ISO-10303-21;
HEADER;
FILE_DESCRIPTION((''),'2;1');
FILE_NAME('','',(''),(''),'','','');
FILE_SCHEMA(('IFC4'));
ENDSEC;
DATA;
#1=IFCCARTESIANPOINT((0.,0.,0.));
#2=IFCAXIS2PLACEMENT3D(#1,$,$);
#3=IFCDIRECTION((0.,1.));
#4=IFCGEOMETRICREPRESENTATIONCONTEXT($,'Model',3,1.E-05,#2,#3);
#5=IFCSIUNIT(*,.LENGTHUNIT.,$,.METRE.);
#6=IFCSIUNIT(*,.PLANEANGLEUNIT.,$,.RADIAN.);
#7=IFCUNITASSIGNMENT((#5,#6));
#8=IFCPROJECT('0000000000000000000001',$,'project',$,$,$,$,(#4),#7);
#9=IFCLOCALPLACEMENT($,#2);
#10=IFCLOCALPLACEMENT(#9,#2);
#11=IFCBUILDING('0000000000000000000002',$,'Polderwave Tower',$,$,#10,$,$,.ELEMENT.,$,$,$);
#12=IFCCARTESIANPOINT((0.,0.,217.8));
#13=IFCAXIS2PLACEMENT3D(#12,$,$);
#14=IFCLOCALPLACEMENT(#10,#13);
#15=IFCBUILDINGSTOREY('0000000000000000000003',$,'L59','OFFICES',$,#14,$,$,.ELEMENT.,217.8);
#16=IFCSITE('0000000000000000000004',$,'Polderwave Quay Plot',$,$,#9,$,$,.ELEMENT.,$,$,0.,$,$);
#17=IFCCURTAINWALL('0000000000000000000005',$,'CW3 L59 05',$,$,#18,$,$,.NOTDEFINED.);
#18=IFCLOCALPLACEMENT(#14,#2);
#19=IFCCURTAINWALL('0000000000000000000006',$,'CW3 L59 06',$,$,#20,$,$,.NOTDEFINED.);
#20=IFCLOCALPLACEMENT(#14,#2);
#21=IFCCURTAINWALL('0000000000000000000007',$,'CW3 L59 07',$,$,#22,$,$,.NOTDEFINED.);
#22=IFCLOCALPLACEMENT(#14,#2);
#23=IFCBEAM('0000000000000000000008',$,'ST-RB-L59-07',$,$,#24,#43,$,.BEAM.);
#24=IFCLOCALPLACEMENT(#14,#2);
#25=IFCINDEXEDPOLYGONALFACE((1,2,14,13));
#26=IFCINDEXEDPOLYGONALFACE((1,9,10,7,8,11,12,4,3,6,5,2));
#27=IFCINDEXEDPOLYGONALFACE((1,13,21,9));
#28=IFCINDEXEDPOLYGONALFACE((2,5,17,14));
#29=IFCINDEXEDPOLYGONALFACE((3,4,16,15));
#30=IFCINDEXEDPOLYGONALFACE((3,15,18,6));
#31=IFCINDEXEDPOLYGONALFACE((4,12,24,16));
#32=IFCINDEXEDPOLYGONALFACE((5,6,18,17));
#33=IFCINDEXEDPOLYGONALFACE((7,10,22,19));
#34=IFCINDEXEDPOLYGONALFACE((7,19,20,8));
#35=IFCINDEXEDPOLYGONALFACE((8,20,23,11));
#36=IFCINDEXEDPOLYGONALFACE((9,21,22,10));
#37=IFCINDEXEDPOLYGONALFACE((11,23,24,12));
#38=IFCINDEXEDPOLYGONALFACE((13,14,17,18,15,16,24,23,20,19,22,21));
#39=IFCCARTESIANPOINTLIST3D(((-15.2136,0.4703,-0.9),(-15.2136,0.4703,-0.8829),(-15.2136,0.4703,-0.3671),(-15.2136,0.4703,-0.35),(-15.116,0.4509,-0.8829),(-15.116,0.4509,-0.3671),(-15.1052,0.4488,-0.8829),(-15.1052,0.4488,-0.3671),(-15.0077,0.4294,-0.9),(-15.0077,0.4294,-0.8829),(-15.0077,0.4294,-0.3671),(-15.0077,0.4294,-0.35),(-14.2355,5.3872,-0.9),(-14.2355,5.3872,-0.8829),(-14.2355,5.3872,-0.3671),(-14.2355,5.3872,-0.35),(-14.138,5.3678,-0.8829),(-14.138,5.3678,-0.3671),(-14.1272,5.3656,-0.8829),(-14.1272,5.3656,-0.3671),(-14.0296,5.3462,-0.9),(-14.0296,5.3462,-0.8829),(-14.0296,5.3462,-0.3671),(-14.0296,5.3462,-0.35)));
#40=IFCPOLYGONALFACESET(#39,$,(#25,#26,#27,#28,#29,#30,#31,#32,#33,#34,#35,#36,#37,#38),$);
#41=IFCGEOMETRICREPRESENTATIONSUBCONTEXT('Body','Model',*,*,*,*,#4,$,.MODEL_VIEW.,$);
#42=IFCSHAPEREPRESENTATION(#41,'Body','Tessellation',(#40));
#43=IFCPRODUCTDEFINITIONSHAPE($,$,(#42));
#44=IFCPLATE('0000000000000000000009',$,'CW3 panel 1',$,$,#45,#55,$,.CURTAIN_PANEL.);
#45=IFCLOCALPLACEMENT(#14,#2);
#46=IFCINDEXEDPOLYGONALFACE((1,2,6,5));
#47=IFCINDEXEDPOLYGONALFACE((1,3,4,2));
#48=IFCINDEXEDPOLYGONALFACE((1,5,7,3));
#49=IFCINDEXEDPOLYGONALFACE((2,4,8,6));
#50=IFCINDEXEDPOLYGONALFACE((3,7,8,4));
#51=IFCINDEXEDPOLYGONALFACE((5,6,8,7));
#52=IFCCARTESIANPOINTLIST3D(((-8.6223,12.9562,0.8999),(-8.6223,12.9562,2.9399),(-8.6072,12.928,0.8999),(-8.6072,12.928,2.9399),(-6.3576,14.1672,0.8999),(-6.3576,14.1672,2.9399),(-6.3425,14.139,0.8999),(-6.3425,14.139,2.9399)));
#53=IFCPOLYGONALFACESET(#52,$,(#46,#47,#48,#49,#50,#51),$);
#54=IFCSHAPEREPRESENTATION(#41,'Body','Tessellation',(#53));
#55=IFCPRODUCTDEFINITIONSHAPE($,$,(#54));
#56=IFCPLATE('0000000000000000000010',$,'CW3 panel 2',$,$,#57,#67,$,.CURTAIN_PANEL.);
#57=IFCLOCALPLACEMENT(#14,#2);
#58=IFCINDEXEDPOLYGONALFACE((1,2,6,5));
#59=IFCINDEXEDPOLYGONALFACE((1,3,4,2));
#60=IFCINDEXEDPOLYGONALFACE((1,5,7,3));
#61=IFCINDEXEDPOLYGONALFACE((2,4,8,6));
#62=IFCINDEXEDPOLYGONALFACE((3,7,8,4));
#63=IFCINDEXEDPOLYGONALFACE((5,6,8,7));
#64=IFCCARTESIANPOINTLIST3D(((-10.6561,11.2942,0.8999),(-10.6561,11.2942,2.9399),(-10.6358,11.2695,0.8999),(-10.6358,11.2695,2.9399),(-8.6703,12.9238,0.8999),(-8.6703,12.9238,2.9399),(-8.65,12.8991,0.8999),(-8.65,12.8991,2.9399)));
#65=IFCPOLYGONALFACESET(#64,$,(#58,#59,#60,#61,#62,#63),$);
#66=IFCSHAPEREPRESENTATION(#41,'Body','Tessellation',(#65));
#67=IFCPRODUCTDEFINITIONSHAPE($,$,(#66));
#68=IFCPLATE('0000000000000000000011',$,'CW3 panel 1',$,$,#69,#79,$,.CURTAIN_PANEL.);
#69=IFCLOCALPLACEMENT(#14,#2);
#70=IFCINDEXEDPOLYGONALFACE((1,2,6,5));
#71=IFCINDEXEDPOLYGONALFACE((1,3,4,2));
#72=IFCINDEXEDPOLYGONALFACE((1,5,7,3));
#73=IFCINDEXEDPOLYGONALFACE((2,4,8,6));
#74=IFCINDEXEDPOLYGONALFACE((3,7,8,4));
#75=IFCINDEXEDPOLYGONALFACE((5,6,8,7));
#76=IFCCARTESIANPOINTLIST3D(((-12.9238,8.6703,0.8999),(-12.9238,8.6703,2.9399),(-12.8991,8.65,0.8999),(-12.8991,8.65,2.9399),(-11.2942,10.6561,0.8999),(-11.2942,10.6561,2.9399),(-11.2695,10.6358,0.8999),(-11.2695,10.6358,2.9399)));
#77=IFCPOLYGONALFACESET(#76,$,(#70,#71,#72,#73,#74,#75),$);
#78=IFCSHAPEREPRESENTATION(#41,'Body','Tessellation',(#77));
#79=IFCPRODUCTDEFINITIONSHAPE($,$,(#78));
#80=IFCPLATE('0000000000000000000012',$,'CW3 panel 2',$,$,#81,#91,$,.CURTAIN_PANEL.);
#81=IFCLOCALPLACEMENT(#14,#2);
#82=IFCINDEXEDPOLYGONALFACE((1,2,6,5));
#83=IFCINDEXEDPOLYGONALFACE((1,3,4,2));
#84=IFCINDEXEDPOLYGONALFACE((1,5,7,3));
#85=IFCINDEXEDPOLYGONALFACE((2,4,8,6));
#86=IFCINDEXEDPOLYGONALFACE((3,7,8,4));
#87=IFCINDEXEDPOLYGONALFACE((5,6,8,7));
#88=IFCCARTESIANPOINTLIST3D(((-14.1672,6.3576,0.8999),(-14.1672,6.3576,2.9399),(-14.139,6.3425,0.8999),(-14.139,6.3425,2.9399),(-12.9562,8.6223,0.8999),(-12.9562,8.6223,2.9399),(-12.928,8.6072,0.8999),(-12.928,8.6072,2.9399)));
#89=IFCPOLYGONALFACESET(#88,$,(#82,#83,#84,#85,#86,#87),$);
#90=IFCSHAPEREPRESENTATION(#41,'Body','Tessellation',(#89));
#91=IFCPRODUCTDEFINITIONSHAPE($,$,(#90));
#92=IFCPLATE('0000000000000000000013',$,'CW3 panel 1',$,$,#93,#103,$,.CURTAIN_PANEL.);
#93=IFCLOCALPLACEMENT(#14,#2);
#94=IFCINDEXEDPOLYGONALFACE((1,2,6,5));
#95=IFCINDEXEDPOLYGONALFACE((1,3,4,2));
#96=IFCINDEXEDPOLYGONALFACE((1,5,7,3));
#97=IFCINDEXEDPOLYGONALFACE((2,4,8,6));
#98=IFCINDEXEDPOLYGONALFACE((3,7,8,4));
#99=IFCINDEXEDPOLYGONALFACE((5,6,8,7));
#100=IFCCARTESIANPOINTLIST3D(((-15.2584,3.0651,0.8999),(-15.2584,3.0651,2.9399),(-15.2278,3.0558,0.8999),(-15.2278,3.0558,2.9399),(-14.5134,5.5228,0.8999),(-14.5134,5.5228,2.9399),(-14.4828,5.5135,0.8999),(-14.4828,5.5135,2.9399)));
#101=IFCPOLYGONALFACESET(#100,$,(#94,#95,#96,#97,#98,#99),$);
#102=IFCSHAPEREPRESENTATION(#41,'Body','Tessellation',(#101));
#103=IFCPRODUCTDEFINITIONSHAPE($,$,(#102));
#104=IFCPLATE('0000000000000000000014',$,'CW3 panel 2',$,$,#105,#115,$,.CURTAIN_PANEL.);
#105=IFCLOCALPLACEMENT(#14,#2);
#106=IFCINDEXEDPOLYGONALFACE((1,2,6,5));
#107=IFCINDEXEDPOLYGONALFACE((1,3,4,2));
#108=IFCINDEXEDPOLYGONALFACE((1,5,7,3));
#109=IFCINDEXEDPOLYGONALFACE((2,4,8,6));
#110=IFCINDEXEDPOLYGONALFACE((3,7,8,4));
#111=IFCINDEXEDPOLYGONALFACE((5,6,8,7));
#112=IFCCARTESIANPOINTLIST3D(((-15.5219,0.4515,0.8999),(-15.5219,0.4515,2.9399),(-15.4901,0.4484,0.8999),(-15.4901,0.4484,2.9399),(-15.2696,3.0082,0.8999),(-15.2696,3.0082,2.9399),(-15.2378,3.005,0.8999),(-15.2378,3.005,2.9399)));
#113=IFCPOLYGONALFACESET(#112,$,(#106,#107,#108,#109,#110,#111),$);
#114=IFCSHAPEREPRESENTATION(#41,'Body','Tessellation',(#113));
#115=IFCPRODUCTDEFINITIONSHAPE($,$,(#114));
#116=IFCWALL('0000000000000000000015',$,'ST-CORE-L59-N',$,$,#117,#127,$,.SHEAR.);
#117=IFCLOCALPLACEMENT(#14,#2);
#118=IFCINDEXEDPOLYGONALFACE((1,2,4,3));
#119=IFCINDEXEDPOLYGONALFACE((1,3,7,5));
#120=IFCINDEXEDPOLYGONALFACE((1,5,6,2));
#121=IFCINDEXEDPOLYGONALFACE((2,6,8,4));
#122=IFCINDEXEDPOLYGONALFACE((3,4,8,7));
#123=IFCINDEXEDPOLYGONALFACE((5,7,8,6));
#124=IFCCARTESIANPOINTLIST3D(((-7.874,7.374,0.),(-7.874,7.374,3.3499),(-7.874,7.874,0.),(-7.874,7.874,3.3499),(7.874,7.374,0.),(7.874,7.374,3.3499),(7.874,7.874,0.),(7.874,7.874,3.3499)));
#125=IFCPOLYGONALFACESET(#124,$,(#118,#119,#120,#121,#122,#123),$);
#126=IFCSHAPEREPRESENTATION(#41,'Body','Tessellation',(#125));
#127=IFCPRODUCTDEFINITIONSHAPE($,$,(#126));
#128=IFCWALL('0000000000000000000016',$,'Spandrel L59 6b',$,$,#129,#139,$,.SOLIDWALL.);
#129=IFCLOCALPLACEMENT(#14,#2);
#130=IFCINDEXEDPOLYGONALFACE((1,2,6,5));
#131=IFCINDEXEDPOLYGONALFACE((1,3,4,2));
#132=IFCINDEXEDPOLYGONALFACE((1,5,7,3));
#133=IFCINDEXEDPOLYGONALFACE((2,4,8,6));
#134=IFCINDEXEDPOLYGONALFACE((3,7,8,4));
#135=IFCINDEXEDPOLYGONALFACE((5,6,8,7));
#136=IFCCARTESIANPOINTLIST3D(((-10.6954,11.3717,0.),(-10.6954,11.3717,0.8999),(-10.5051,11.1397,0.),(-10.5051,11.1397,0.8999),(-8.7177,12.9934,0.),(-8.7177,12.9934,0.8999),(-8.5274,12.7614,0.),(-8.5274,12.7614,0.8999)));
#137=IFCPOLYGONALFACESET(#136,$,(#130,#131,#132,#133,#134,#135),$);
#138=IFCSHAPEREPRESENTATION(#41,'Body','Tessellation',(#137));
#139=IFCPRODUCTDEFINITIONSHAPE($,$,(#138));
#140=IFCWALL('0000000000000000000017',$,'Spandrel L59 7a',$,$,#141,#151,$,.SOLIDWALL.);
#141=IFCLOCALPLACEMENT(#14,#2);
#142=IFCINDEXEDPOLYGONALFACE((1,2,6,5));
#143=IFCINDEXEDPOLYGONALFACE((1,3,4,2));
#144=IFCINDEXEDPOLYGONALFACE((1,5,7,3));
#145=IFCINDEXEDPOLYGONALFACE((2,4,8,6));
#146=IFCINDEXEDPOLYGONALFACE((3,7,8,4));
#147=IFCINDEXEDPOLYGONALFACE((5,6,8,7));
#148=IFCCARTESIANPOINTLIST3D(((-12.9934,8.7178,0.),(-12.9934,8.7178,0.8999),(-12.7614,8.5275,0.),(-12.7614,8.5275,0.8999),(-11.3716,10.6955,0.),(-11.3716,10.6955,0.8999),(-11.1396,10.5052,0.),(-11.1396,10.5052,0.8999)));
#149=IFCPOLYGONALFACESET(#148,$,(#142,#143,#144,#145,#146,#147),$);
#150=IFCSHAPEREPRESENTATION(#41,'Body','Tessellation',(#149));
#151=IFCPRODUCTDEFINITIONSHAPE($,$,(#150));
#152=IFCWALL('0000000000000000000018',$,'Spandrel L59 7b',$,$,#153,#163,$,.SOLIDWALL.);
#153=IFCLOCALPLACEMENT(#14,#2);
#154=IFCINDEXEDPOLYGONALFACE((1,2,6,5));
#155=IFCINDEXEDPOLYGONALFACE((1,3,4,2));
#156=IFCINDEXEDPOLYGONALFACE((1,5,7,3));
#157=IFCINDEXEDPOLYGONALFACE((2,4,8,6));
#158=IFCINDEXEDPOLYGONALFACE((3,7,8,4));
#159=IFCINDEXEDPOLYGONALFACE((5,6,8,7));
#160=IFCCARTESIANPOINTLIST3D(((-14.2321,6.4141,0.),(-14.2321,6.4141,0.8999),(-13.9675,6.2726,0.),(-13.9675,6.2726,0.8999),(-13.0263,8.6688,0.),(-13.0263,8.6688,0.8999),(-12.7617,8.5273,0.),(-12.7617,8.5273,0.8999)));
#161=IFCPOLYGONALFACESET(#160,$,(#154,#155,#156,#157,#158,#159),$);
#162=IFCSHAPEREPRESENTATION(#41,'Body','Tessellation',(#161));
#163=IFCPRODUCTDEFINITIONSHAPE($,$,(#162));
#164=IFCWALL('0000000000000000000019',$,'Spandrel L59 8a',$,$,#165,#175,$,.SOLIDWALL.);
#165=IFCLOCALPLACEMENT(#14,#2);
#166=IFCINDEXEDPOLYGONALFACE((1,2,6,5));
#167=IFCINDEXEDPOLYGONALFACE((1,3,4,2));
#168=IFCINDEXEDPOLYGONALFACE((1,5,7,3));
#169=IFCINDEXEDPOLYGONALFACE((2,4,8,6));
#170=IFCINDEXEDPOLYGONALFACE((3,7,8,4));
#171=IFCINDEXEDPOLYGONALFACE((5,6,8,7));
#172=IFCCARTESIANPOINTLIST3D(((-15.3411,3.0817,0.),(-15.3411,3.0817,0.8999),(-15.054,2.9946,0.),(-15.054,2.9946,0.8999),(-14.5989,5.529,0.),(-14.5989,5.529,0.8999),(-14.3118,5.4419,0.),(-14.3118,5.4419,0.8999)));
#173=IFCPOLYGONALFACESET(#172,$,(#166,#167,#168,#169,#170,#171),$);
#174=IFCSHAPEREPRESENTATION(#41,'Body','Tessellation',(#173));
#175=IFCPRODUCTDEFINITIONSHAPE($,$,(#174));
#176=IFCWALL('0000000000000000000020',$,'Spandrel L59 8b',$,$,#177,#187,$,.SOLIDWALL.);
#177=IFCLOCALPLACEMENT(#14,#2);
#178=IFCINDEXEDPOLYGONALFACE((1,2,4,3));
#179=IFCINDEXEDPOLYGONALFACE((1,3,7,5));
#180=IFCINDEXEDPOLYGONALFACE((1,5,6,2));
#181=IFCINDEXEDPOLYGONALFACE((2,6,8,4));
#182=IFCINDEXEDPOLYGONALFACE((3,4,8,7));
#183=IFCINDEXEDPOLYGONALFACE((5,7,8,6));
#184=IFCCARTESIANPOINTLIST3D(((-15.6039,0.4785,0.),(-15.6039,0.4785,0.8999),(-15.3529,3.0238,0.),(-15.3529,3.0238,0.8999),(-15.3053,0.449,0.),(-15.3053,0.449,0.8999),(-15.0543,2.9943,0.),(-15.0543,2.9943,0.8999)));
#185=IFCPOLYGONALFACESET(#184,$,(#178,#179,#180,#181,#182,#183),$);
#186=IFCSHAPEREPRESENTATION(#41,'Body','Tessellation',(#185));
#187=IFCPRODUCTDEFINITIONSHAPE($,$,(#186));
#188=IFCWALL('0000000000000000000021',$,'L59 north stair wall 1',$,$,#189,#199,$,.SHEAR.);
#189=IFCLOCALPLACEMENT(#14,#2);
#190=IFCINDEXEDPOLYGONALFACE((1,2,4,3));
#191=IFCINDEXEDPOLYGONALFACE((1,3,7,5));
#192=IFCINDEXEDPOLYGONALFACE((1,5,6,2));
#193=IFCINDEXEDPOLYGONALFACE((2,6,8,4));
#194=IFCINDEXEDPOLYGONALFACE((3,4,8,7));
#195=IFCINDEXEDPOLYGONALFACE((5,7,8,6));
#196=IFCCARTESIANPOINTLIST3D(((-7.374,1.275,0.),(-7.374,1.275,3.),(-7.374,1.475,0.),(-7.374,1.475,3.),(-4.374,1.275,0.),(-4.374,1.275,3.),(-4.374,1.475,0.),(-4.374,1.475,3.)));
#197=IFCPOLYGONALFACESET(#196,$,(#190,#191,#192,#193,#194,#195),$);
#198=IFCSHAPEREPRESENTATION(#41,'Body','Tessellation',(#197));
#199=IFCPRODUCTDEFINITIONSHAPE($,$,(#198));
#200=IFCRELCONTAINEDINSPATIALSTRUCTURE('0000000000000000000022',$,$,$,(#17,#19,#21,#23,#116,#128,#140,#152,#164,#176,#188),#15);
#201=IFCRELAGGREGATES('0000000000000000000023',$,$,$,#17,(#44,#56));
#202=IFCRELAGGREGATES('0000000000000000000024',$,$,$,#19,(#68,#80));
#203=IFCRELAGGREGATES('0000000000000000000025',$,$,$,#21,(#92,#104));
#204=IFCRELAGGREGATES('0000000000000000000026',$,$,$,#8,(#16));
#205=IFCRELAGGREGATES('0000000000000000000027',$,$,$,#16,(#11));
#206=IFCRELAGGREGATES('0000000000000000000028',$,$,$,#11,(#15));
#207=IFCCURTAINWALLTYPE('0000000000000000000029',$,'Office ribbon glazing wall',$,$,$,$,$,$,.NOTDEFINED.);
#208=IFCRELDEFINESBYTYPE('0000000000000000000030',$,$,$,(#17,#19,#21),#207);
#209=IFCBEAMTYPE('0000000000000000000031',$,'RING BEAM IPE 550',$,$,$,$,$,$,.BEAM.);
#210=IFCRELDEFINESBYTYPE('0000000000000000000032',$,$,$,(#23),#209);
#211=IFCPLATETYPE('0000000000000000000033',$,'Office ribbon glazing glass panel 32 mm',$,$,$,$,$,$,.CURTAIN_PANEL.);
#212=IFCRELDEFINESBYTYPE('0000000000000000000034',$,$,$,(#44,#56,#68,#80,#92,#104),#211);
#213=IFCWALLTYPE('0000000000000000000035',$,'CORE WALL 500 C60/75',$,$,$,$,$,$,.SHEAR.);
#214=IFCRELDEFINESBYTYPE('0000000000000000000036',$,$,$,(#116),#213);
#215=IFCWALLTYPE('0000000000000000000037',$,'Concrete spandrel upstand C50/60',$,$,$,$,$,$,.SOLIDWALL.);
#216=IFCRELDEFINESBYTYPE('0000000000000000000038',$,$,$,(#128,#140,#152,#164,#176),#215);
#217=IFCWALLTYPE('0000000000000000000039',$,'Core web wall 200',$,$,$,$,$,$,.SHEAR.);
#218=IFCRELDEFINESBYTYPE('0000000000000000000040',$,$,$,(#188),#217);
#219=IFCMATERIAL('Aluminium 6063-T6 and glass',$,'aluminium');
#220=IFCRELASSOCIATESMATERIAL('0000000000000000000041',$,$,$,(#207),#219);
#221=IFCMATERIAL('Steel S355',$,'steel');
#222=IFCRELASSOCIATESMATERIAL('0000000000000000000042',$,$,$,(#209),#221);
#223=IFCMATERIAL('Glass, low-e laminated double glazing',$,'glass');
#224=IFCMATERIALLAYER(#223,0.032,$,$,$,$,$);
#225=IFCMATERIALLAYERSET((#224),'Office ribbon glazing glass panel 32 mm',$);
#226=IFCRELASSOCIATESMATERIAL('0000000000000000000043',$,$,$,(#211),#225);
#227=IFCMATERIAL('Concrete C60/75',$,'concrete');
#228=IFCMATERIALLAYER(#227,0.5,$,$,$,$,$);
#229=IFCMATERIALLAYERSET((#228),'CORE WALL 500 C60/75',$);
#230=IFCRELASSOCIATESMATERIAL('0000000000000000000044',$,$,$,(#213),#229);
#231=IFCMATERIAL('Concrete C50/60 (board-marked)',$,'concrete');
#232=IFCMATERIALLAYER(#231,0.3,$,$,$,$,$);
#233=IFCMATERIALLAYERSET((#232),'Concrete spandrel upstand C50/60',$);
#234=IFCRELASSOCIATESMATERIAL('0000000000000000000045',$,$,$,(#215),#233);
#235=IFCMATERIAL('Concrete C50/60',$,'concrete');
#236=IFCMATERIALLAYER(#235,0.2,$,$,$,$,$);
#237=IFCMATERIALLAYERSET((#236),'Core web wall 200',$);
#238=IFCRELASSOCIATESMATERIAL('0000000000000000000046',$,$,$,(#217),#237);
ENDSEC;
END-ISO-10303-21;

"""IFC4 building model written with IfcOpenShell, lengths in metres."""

from ifc_helpers import new_model, si_unit, direction, frame, frame_2d, origin, origin_2d, place, context, subcontext, project, spatial, rectangle, i_section, extrude, material, layer, layer_set, material_profile, profile_set, type_object, element, aggregate, save


model = new_model("IFC4")

# Units and contexts
model_context = context("Model", 3, precision=1e-05, world=origin(), true_north=direction((0.0, 1.0)))
body_context = subcontext(model_context, "Body", "Model", "MODEL_VIEW")
ifc_project = project(units=[si_unit("LENGTHUNIT", "METRE"), si_unit("PLANEANGLEUNIT", "RADIAN")], contexts=[model_context])

# Site, building, storey
site_placement = place(None, origin())
site = spatial("IfcSite", under=ifc_project, at=site_placement, Name="Polderwave Quay Plot", CompositionType="ELEMENT", RefElevation=0.0)
building_placement = place(site_placement, origin())
building = spatial("IfcBuilding", under=site, at=building_placement, Name="Polderwave Tower", CompositionType="ELEMENT")
storey_placement = place(building_placement, frame((0.0, 0.0, 217.8)))
storey = spatial("IfcBuildingStorey", under=building, at=storey_placement, Name="L59", Description="OFFICES", CompositionType="ELEMENT", Elevation=217.8)

# Shared definitions
ifc_material_1 = material(Name="Concrete C60/75", Category="concrete")

# Curtain walls
ifc_material_2 = material(Name="Aluminium 6063-T6 and glass", Category="aluminium")
curtain_wall_type = type_object("IfcCurtainWallType", Name="Office ribbon glazing wall", PredefinedType="NOTDEFINED", material=ifc_material_2)
curtain_wall_1_placement = place(storey_placement, origin())
curtain_wall_1 = element("IfcCurtainWall", 1, at=curtain_wall_1_placement, inside=storey, type_object=curtain_wall_type, Name="CW3 L59 05", PredefinedType="NOTDEFINED")
curtain_wall_2_placement = place(storey_placement, origin())
curtain_wall_2 = element("IfcCurtainWall", 2, at=curtain_wall_2_placement, inside=storey, type_object=curtain_wall_type, Name="CW3 L59 06", PredefinedType="NOTDEFINED")
curtain_wall_3_placement = place(storey_placement, origin())
curtain_wall_3 = element("IfcCurtainWall", 3, at=curtain_wall_3_placement, inside=storey, type_object=curtain_wall_type, Name="CW3 L59 07", PredefinedType="NOTDEFINED")

# Beam
ifc_material_3 = material(Name="Steel S355", Category="steel")
ifc_material_profile_1 = material_profile(ifc_material_3, i_section(OverallWidth=0.21, OverallDepth=0.55, WebThickness=0.011, FlangeThickness=0.0171, at=origin_2d()), Name="IPE 550")
ifc_profile_set_1 = profile_set([ifc_material_profile_1], Name="Steel S355")
beam_type = type_object("IfcBeamType", Name="RING BEAM IPE 550", PredefinedType="BEAM", material=ifc_profile_set_1)
for number, where, z_axis, x_axis, name in (
    (4, (-14.1326, 5.3667, -0.625), (-0.195095, -0.980784, 0.0), (0.980784, -0.195095, 0.0), "ST-RB-L59-07"),
):
    element("IfcBeam", number, at=place(storey_placement, frame(where, z_axis=z_axis, x_axis=x_axis)), inside=storey, type_object=beam_type, Name=name, PredefinedType="BEAM", context=body_context, shape_type="SweptSolid", body=[
        extrude(i_section(OverallWidth=0.21, OverallDepth=0.55, WebThickness=0.011, FlangeThickness=0.0171, at=origin_2d()), origin(), (0.0, 0.0, 1.0), 5.0132),
    ])

# Plates
ifc_material_4 = material(Name="Glass, low-e laminated double glazing", Category="glass")
ifc_layer_1 = layer(ifc_material_4, 0.032)
ifc_layer_set_1 = layer_set([ifc_layer_1], Name="Office ribbon glazing glass panel 32 mm")
plate_type = type_object("IfcPlateType", Name="Office ribbon glazing glass panel 32 mm", PredefinedType="CURTAIN_PANEL", material=ifc_layer_set_1)
plate_1_placement = place(storey_placement, frame((-7.4824, 13.5476, 0.8999), z_axis=(0.0, 0.0, 1.0), x_axis=(-0.881841, -0.471548, 0.0)))
plate_1 = element("IfcPlate", 5, at=plate_1_placement, type_object=plate_type, Name="CW3 panel 1", PredefinedType="CURTAIN_PANEL", context=body_context, shape_type="SweptSolid", body=[
    extrude(rectangle(XDim=2.5681, YDim=0.032, at=origin_2d()), origin(), (0.0, 0.0, 1.0), 2.04),
])
plate_2_placement = place(storey_placement, frame((-9.6531, 12.0967, 0.8999), z_axis=(0.0, 0.0, 1.0), x_axis=(-0.773029, -0.63437, 0.0)))
plate_2 = element("IfcPlate", 6, at=plate_2_placement, type_object=plate_type, Name="CW3 panel 2", PredefinedType="CURTAIN_PANEL", context=body_context, shape_type="SweptSolid", body=[
    extrude(rectangle(XDim=2.5688, YDim=0.032, at=origin_2d()), origin(), (0.0, 0.0, 1.0), 2.04),
])
aggregate(curtain_wall_1, [plate_1, plate_2])
plate_3_placement = place(storey_placement, frame((-12.0967, 9.6531, 0.8999), z_axis=(0.0, 0.0, 1.0), x_axis=(-0.63437, -0.773029, 0.0)))
plate_3 = element("IfcPlate", 7, at=plate_3_placement, type_object=plate_type, Name="CW3 panel 1", PredefinedType="CURTAIN_PANEL", context=body_context, shape_type="SweptSolid", body=[
    extrude(rectangle(XDim=2.5688, YDim=0.032, at=origin_2d()), origin(), (0.0, 0.0, 1.0), 2.04),
])
plate_4_placement = place(storey_placement, frame((-13.5476, 7.4824, 0.8999), z_axis=(0.0, 0.0, 1.0), x_axis=(-0.471548, -0.881841, 0.0)))
plate_4 = element("IfcPlate", 8, at=plate_4_placement, type_object=plate_type, Name="CW3 panel 2", PredefinedType="CURTAIN_PANEL", context=body_context, shape_type="SweptSolid", body=[
    extrude(rectangle(XDim=2.5681, YDim=0.032, at=origin_2d()), origin(), (0.0, 0.0, 1.0), 2.04),
])
aggregate(curtain_wall_2, [plate_3, plate_4])
plate_5_placement = place(storey_placement, frame((-14.8706, 4.2893, 0.8999), z_axis=(0.0, 0.0, 1.0), x_axis=(-0.290104, -0.956995, 0.0)))
plate_5 = element("IfcPlate", 9, at=plate_5_placement, type_object=plate_type, Name="CW3 panel 1", PredefinedType="CURTAIN_PANEL", context=body_context, shape_type="SweptSolid", body=[
    extrude(rectangle(XDim=2.5681, YDim=0.032, at=origin_2d()), origin(), (0.0, 0.0, 1.0), 2.04),
])
plate_6_placement = place(storey_placement, frame((-15.3799, 1.7283, 0.8999), z_axis=(0.0, 0.0, 1.0), x_axis=(-0.098206, -0.995166, 0.0)))
plate_6 = element("IfcPlate", 10, at=plate_6_placement, type_object=plate_type, Name="CW3 panel 2", PredefinedType="CURTAIN_PANEL", context=body_context, shape_type="SweptSolid", body=[
    extrude(rectangle(XDim=2.5691, YDim=0.032, at=origin_2d()), origin(), (0.0, 0.0, 1.0), 2.04),
])
aggregate(curtain_wall_3, [plate_5, plate_6])

# Walls
ifc_layer_2 = layer(ifc_material_1, 0.5)
ifc_layer_set_2 = layer_set([ifc_layer_2], Name="CORE WALL 500 C60/75")
wall_type_1 = type_object("IfcWallType", Name="CORE WALL 500 C60/75", PredefinedType="SHEAR", material=ifc_layer_set_2)
wall_1_placement = place(storey_placement, frame((-7.874, 7.624, 0.0), z_axis=(0.0, 0.0, 1.0), x_axis=(1.0, 0.0, 0.0)))
element("IfcWall", 11, at=wall_1_placement, inside=storey, type_object=wall_type_1, Name="ST-CORE-L59-N", PredefinedType="SHEAR", context=body_context, shape_type="SweptSolid", body=[
    extrude(rectangle(XDim=15.748, YDim=0.5, at=frame_2d((7.874, 0.0))), origin(), (0.0, 0.0, 1.0), 3.3499),
])
ifc_material_5 = material(Name="Concrete C50/60 (board-marked)", Category="concrete")
ifc_layer_3 = layer(ifc_material_5, 0.3)
ifc_layer_set_3 = layer_set([ifc_layer_3], Name="Concrete spandrel upstand C50/60")
wall_type_2 = type_object("IfcWallType", Name="Concrete spandrel upstand C50/60", PredefinedType="SOLIDWALL", material=ifc_layer_set_3)
for number, where, z_axis, x_axis, name in (
    (12, (-8.6226, 12.8774, 0.0), (0.0, 0.0, 1.0), (-0.773259, -0.63409, 0.0), "Spandrel L59 6b"),
    (13, (-11.2556, 10.6003, 0.0), (0.0, 0.0, 1.0), (-0.63409, -0.773259, 0.0), "Spandrel L59 7a"),
):
    element("IfcWall", number, at=place(storey_placement, frame(where, z_axis=z_axis, x_axis=x_axis)), inside=storey, type_object=wall_type_2, Name=name, PredefinedType="SOLIDWALL", context=body_context, shape_type="SweptSolid", body=[
        extrude(rectangle(XDim=2.5576, YDim=0.3, at=frame_2d((1.2788, 0.0))), origin(), (0.0, 0.0, 1.0), 0.8999),
    ])
wall_2_placement = place(storey_placement, frame((-12.894, 8.5979, 0.0), z_axis=(0.0, 0.0, 1.0), x_axis=(-0.471604, -0.88181, 0.0)))
element("IfcWall", 14, at=wall_2_placement, inside=storey, type_object=wall_type_2, Name="Spandrel L59 7b", PredefinedType="SOLIDWALL", context=body_context, shape_type="SweptSolid", body=[
    extrude(rectangle(XDim=2.5569, YDim=0.3, at=frame_2d((1.2783, 0.0))), origin(), (0.0, 0.0, 1.0), 0.8999),
])
wall_3_placement = place(storey_placement, frame((-14.4553, 5.4856, 0.0), z_axis=(0.0, 0.0, 1.0), x_axis=(-0.290219, -0.95696, 0.0)))
element("IfcWall", 15, at=wall_3_placement, inside=storey, type_object=wall_type_2, Name="Spandrel L59 8a", PredefinedType="SOLIDWALL", context=body_context, shape_type="SweptSolid", body=[
    extrude(rectangle(XDim=2.5574, YDim=0.3, at=frame_2d((1.2788, 0.0))), origin(), (0.0, 0.0, 1.0), 0.8999),
])
wall_4_placement = place(storey_placement, frame((-15.2036, 3.009, 0.0), z_axis=(0.0, 0.0, 1.0), x_axis=(-0.098133, -0.995173, 0.0)))
element("IfcWall", 16, at=wall_4_placement, inside=storey, type_object=wall_type_2, Name="Spandrel L59 8b", PredefinedType="SOLIDWALL", context=body_context, shape_type="SweptSolid", body=[
    extrude(rectangle(XDim=2.5576, YDim=0.3, at=frame_2d((1.2788, 0.0))), origin(), (0.0, 0.0, 1.0), 0.8999),
])
ifc_material_6 = material(Name="Concrete C50/60", Category="concrete")
ifc_layer_4 = layer(ifc_material_6, 0.2)
ifc_layer_set_4 = layer_set([ifc_layer_4], Name="Core web wall 200")
wall_type_3 = type_object("IfcWallType", Name="Core web wall 200", PredefinedType="SHEAR", material=ifc_layer_set_4)
wall_5_placement = place(storey_placement, frame((-7.374, 1.375, 0.0), z_axis=(0.0, 0.0, 1.0), x_axis=(1.0, 0.0, 0.0)))
element("IfcWall", 17, at=wall_5_placement, inside=storey, type_object=wall_type_3, Name="L59 north stair wall 1", PredefinedType="SHEAR", context=body_context, shape_type="SweptSolid", body=[
    extrude(rectangle(XDim=3.0, YDim=0.2, at=frame_2d((1.5, 0.0))), origin(), (0.0, 0.0, 1.0), 3.0),
])

save(model, "model.ifc")
